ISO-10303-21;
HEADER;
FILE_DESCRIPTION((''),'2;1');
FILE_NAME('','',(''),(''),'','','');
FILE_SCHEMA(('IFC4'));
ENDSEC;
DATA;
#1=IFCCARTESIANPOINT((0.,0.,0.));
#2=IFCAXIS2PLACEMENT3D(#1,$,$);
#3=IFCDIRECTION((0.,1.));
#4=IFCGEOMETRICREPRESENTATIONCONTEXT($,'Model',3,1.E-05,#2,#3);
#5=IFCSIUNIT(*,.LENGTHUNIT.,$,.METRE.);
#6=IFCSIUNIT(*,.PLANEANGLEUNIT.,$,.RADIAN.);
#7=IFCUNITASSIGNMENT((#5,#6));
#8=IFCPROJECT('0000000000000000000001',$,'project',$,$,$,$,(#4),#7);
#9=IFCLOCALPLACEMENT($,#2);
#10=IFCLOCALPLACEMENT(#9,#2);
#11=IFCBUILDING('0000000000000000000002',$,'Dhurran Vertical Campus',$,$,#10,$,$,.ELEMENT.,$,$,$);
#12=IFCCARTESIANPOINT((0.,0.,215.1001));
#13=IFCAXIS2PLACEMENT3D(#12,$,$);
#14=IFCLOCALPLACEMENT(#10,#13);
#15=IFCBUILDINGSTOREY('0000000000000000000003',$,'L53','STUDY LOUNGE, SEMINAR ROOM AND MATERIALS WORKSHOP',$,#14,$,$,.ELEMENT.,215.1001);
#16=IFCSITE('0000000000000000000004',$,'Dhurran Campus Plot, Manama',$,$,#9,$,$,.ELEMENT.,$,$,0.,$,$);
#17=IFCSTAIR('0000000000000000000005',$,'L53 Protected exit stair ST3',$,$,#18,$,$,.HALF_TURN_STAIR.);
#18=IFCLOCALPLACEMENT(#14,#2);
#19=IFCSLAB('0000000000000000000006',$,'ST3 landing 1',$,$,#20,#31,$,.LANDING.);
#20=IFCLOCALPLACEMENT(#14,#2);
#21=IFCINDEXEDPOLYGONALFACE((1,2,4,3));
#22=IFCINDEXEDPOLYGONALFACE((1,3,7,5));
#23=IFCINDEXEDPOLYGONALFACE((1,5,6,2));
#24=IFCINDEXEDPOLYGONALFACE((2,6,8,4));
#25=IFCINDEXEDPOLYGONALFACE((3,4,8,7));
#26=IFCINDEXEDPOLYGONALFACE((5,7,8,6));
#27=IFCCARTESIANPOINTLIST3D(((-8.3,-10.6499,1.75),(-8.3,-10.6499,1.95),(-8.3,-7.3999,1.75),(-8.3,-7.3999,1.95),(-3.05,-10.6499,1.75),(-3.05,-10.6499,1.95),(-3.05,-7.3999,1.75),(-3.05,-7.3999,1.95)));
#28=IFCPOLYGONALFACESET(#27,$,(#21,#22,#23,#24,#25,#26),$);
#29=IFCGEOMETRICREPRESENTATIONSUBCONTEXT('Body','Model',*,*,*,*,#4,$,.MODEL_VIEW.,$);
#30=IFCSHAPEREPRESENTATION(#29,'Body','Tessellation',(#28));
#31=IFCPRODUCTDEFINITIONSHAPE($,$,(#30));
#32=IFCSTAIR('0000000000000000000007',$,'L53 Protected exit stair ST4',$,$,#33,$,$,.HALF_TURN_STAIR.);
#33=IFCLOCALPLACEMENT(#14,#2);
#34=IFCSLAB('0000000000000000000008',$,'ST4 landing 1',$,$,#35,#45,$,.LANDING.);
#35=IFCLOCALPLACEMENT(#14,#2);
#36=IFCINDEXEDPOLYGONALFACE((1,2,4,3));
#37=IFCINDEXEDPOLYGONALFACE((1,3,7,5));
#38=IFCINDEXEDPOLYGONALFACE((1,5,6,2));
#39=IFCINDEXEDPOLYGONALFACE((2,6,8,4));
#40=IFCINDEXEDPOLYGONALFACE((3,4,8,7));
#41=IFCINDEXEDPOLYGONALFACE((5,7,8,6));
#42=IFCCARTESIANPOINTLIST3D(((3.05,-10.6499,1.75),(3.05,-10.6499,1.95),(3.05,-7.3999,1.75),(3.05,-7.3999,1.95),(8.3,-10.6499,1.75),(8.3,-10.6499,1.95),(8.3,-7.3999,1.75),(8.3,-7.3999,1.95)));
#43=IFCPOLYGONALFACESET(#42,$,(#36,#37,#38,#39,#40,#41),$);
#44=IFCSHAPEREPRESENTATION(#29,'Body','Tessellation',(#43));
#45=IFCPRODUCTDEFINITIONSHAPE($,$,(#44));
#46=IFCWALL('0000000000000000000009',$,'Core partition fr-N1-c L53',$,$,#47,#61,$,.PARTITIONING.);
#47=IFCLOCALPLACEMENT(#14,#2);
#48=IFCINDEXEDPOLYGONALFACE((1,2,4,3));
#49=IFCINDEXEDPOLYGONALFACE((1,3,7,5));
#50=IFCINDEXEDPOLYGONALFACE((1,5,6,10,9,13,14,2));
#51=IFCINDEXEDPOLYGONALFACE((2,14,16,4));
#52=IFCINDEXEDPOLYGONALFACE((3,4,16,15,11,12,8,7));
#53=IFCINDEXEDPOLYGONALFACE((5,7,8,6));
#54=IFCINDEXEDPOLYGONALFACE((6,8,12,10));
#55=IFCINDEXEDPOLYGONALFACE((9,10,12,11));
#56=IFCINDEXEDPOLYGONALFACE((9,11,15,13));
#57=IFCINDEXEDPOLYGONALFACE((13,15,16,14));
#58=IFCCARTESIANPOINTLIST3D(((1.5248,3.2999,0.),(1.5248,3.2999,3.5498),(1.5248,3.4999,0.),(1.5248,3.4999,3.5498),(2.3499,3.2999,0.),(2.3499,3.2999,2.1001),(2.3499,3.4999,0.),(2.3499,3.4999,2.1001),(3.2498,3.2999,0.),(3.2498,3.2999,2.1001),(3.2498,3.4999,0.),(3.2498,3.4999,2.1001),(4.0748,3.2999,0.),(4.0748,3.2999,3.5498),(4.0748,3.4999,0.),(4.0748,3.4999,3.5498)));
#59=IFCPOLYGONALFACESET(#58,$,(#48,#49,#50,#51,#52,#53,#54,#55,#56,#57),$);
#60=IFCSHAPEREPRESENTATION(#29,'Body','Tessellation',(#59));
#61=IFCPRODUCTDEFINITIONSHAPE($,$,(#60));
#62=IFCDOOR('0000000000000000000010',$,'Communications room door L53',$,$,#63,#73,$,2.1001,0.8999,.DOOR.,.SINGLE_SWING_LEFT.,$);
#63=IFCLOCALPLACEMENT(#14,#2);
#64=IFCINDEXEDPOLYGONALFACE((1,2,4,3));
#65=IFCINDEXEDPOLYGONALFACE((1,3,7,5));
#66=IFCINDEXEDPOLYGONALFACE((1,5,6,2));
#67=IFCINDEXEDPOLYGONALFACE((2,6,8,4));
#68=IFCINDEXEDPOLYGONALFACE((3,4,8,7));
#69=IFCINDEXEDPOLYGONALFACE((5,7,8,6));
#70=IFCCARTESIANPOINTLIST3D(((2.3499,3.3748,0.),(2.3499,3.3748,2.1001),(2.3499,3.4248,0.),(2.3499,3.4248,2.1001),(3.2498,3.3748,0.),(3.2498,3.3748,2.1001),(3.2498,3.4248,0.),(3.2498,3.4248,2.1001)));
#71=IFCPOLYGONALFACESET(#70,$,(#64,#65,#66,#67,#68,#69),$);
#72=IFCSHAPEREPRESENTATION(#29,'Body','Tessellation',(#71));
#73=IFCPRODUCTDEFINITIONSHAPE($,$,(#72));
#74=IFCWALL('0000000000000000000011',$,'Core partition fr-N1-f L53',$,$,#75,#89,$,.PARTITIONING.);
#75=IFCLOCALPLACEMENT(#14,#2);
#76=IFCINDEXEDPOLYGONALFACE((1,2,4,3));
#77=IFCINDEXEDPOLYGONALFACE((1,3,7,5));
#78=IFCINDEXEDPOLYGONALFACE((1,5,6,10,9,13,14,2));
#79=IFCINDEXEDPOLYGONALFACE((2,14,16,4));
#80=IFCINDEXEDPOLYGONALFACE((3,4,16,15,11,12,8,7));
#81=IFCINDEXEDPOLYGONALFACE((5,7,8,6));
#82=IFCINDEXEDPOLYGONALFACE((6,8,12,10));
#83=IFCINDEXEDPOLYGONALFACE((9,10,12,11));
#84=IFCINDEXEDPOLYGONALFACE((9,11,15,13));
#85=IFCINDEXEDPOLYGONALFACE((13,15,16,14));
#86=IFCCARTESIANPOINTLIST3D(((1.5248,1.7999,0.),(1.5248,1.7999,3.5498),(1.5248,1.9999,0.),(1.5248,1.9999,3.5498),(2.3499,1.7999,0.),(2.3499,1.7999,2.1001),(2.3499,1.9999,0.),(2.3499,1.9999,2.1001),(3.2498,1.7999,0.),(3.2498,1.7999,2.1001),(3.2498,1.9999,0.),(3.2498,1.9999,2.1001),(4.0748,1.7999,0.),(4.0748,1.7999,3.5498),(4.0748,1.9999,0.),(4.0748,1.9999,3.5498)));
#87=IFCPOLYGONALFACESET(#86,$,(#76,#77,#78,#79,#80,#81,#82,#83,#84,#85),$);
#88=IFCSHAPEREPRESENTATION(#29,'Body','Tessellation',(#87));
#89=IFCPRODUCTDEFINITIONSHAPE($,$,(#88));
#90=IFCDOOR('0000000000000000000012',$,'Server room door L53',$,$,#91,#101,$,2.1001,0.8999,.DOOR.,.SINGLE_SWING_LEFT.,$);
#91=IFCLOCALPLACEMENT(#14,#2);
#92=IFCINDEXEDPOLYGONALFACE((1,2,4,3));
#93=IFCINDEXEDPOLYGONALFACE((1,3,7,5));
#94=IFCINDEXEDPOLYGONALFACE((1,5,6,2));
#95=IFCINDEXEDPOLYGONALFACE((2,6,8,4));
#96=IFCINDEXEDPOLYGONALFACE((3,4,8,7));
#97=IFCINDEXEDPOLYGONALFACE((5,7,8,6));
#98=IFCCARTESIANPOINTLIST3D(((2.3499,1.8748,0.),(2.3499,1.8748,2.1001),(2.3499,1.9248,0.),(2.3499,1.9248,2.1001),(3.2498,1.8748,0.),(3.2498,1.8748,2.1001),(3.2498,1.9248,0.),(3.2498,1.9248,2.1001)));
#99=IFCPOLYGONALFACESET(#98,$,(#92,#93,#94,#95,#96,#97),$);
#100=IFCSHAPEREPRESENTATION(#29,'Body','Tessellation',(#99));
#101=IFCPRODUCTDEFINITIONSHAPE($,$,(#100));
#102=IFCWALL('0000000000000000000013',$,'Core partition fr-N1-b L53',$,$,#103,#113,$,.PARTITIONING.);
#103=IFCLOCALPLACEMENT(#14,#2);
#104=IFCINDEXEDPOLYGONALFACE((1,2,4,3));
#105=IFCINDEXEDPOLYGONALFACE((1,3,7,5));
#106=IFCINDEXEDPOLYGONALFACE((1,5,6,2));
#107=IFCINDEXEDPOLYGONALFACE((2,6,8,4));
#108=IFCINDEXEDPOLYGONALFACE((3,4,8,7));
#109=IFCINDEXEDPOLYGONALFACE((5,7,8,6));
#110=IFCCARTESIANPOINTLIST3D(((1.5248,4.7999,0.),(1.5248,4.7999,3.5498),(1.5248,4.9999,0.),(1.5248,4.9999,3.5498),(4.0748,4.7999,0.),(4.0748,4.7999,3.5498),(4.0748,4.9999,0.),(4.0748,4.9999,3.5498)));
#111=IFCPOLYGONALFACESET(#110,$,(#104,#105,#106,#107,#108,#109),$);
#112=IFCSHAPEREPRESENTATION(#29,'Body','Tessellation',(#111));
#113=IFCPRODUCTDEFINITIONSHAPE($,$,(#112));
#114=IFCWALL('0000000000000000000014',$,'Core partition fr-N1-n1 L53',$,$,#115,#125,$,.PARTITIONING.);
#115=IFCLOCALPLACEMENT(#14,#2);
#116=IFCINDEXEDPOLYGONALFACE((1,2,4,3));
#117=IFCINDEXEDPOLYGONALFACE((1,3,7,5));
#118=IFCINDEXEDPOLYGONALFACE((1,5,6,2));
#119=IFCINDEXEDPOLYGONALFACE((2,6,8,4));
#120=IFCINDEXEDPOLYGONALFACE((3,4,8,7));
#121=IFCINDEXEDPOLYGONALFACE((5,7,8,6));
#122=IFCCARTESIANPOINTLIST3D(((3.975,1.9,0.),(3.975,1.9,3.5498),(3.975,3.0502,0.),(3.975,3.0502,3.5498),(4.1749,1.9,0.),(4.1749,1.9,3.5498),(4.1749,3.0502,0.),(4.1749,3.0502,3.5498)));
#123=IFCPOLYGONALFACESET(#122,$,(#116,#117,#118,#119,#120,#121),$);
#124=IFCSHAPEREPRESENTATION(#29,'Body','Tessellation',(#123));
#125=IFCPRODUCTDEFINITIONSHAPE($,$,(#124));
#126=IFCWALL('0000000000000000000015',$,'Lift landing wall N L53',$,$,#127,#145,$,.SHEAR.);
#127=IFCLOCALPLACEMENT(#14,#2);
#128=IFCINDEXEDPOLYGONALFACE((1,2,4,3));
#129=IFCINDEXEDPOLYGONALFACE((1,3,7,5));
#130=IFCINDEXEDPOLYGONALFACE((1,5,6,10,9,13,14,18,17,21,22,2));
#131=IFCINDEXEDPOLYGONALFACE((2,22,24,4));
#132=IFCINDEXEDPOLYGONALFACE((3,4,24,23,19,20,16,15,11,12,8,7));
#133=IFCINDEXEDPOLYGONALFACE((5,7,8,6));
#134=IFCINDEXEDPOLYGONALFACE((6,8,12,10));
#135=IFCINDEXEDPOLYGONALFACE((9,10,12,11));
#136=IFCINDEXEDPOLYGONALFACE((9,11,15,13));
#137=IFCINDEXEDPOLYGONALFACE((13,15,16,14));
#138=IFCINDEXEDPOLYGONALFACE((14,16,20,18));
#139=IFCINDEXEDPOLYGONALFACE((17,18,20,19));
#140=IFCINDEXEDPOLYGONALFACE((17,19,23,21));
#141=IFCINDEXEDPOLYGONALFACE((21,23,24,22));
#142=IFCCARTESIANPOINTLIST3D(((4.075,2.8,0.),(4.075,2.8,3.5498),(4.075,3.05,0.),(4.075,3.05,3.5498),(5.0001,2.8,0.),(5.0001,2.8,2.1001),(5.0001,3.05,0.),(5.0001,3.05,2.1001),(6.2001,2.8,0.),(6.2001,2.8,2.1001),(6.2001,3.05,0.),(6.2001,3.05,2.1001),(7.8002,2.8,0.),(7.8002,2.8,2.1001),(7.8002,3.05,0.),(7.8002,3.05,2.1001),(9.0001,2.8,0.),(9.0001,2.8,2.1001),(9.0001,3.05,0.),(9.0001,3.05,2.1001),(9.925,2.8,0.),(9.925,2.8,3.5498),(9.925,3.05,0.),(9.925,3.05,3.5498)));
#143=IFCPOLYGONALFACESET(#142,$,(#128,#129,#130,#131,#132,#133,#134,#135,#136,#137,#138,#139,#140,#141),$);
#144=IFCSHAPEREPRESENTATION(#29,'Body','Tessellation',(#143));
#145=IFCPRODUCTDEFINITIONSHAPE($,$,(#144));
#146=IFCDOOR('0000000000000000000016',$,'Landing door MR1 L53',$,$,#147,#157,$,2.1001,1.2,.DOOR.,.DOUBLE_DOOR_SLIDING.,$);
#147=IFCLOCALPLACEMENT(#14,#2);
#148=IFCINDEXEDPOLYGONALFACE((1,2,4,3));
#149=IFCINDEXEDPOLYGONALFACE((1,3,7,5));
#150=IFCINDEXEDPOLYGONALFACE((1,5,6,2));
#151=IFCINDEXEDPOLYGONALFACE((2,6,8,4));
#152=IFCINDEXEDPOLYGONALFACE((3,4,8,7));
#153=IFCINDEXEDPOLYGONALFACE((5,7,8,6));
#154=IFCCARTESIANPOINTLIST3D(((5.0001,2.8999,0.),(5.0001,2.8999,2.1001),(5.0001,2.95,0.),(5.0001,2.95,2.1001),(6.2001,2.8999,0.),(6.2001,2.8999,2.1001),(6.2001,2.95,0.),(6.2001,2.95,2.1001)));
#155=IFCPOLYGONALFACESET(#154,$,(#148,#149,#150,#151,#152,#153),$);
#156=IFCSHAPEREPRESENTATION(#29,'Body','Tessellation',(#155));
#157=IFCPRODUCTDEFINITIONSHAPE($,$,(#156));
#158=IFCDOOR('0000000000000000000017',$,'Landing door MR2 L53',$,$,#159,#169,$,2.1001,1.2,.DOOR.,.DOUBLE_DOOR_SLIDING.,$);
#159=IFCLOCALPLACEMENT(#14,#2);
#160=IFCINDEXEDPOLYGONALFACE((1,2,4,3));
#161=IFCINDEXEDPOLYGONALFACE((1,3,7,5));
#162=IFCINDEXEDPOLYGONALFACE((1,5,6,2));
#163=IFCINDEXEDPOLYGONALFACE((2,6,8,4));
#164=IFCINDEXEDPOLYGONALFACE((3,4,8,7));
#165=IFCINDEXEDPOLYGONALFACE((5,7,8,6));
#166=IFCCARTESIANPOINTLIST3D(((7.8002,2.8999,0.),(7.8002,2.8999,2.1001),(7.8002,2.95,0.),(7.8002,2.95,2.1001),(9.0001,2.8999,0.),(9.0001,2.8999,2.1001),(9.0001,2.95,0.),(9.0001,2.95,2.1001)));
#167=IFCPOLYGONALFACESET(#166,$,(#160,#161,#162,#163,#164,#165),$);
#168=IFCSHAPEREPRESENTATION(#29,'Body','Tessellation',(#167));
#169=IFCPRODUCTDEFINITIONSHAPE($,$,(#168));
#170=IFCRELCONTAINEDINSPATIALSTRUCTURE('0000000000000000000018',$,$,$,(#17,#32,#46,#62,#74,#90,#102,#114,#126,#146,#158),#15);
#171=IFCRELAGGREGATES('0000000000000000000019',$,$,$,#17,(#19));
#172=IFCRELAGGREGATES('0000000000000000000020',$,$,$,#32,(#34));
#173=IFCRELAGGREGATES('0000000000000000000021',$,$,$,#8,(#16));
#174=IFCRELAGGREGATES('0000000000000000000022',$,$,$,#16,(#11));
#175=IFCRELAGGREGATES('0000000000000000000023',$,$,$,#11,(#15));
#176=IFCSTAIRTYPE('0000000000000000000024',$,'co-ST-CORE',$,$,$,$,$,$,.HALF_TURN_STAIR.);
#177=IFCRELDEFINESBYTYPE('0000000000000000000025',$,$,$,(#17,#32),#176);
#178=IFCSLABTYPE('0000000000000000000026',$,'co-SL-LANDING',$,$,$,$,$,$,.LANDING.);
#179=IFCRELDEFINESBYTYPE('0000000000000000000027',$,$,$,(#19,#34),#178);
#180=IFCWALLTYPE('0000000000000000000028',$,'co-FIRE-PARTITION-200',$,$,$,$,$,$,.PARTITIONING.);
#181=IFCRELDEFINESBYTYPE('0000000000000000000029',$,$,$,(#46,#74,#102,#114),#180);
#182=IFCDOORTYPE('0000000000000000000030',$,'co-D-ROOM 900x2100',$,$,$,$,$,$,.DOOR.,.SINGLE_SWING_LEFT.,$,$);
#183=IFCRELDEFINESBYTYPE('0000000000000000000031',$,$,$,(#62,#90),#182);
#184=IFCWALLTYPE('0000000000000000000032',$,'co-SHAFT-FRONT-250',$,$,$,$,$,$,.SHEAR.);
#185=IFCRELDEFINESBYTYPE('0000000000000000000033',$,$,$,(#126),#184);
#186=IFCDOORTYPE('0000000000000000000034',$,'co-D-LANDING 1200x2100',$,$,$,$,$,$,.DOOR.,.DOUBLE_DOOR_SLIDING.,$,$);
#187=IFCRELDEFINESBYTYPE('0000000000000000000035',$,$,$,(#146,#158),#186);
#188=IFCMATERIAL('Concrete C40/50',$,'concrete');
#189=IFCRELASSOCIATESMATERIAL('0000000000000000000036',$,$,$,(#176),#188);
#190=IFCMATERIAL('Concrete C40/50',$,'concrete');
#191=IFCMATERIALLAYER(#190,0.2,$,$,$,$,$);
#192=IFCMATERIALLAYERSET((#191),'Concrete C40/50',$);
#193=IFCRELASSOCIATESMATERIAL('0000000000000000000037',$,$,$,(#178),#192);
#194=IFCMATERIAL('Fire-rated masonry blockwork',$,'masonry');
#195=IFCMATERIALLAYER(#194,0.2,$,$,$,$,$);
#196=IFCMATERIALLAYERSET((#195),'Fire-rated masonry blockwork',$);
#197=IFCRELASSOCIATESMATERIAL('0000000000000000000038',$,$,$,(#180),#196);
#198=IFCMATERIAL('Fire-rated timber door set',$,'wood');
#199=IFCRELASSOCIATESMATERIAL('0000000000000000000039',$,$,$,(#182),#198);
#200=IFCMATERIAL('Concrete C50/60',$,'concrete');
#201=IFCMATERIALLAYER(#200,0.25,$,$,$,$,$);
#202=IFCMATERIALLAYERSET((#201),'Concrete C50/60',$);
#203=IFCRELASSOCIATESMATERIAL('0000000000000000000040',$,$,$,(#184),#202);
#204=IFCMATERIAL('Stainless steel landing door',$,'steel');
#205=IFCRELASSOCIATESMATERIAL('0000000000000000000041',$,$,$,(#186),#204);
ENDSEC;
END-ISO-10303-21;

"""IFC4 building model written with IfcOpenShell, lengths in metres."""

from ifc_helpers import new_model, si_unit, direction, frame, frame_2d, origin, place, context, subcontext, project, spatial, polyline, rectangle, outline, extrude, material, layer, layer_set, type_object, element, fill, aggregate, save


model = new_model("IFC4")

# Units and contexts
model_context = context("Model", 3, precision=1e-05, world=origin(), true_north=direction((0.0, 1.0)))
body_context = subcontext(model_context, "Body", "Model", "MODEL_VIEW")
ifc_project = project(units=[si_unit("LENGTHUNIT", "METRE"), si_unit("PLANEANGLEUNIT", "RADIAN")], contexts=[model_context])

# Site, building, storey
site_placement = place(None, origin())
site = spatial("IfcSite", under=ifc_project, at=site_placement, Name="Dhurran Campus Plot, Manama", CompositionType="ELEMENT", RefElevation=0.0)
building_placement = place(site_placement, origin())
building = spatial("IfcBuilding", under=site, at=building_placement, Name="Dhurran Vertical Campus", CompositionType="ELEMENT")
storey_placement = place(building_placement, frame((0.0, 0.0, 215.1001)))
storey = spatial("IfcBuildingStorey", under=building, at=storey_placement, Name="L53", Description="STUDY LOUNGE, SEMINAR ROOM AND MATERIALS WORKSHOP", CompositionType="ELEMENT", Elevation=215.1001)

# Stairs, slabs
ifc_material_1 = material(Name="Concrete C40/50", Category="concrete")
stair_type = type_object("IfcStairType", Name="co-ST-CORE", PredefinedType="HALF_TURN_STAIR", material=ifc_material_1)
stair_1_placement = place(storey_placement, origin())
stair_1 = element("IfcStair", 1, at=stair_1_placement, inside=storey, type_object=stair_type, Name="L53 Protected exit stair ST3", PredefinedType="HALF_TURN_STAIR")
ifc_material_2 = material(Name="Concrete C40/50", Category="concrete")
ifc_layer_1 = layer(ifc_material_2, 0.2)
ifc_layer_set_1 = layer_set([ifc_layer_1], Name="Concrete C40/50")
slab_type = type_object("IfcSlabType", Name="co-SL-LANDING", PredefinedType="LANDING", material=ifc_layer_set_1)
slab_1_placement = place(storey_placement, frame((0.0, 0.0, 1.75)))
slab_1 = element("IfcSlab", 2, at=slab_1_placement, type_object=slab_type, Name="ST3 landing 1", PredefinedType="LANDING", context=body_context, shape_type="SweptSolid", body=[
    extrude(outline(polyline([(-8.3, -10.6499), (-3.05, -10.6499), (-3.05, -7.3999), (-8.3, -7.3999), (-8.3, -10.6499)])), origin(), (0.0, 0.0, 1.0), 0.2),
])
aggregate(stair_1, [slab_1])
stair_2_placement = place(storey_placement, origin())
stair_2 = element("IfcStair", 3, at=stair_2_placement, inside=storey, type_object=stair_type, Name="L53 Protected exit stair ST4", PredefinedType="HALF_TURN_STAIR")
slab_2_placement = place(storey_placement, frame((0.0, 0.0, 1.75)))
slab_2 = element("IfcSlab", 4, at=slab_2_placement, type_object=slab_type, Name="ST4 landing 1", PredefinedType="LANDING", context=body_context, shape_type="SweptSolid", body=[
    extrude(outline(polyline([(8.3, -7.3999), (3.05, -7.3999), (3.05, -10.6499), (8.3, -10.6499), (8.3, -7.3999)])), origin(), (0.0, 0.0, 1.0), 0.2),
])
aggregate(stair_2, [slab_2])

# Walls, openings, doors
ifc_material_3 = material(Name="Fire-rated masonry blockwork", Category="masonry")
ifc_layer_2 = layer(ifc_material_3, 0.2)
ifc_layer_set_2 = layer_set([ifc_layer_2], Name="Fire-rated masonry blockwork")
wall_type_1 = type_object("IfcWallType", Name="co-FIRE-PARTITION-200", PredefinedType="PARTITIONING", material=ifc_layer_set_2)
wall_1_placement = place(storey_placement, frame((1.5249, 3.3999, 0.0), z_axis=(0.0, 0.0, 1.0), x_axis=(1.0, 0.0, 0.0)))
wall_1 = element("IfcWall", 5, at=wall_1_placement, inside=storey, type_object=wall_type_1, Name="Core partition fr-N1-c L53", PredefinedType="PARTITIONING", context=body_context, shape_type="SweptSolid", body=[
    extrude(rectangle(XDim=2.55, YDim=0.2, at=frame_2d((1.2749, 0.0))), origin(), (0.0, 0.0, 1.0), 3.5498),
])
opening_1_placement = place(wall_1_placement, frame((0.825, 0.0, 0.0)))
opening_1 = element("IfcOpeningElement", 6, at=opening_1_placement, cuts=wall_1, PredefinedType="OPENING", context=body_context, shape_type="SweptSolid", body=[
    extrude(rectangle(XDim=0.8999, YDim=2.1001, at=frame_2d((0.45, 1.05))), frame((0.0, 0.1099, 0.0), z_axis=(0.0, -1.0, 0.0), x_axis=(1.0, 0.0, 0.0)), (0.0, 0.0, 1.0), 0.22),
])
ifc_material_4 = material(Name="Fire-rated timber door set", Category="wood")
door_type_1 = type_object("IfcDoorType", Name="co-D-ROOM 900x2100", OperationType="SINGLE_SWING_LEFT", PredefinedType="DOOR", material=ifc_material_4)
door_1_placement = place(opening_1_placement, origin())
door_1 = element("IfcDoor", 7, at=door_1_placement, inside=storey, type_object=door_type_1, Name="Communications room door L53", OperationType="SINGLE_SWING_LEFT", OverallHeight=2.1001, OverallWidth=0.8999, PredefinedType="DOOR", context=body_context, shape_type="SweptSolid", body=[
    extrude(rectangle(XDim=0.8999, YDim=2.1001, at=frame_2d((0.45, 1.05))), frame((0.0, 0.0249, 0.0), z_axis=(0.0, -1.0, 0.0), x_axis=(1.0, 0.0, 0.0)), (0.0, 0.0, 1.0), 0.05),
])
fill(opening_1, door_1)
wall_2_placement = place(storey_placement, frame((1.5249, 1.8999, 0.0), z_axis=(0.0, 0.0, 1.0), x_axis=(1.0, 0.0, 0.0)))
wall_2 = element("IfcWall", 8, at=wall_2_placement, inside=storey, type_object=wall_type_1, Name="Core partition fr-N1-f L53", PredefinedType="PARTITIONING", context=body_context, shape_type="SweptSolid", body=[
    extrude(rectangle(XDim=2.55, YDim=0.2, at=frame_2d((1.2749, 0.0))), origin(), (0.0, 0.0, 1.0), 3.5498),
])
opening_2_placement = place(wall_2_placement, frame((0.825, 0.0, 0.0)))
opening_2 = element("IfcOpeningElement", 9, at=opening_2_placement, cuts=wall_2, PredefinedType="OPENING", context=body_context, shape_type="SweptSolid", body=[
    extrude(rectangle(XDim=0.8999, YDim=2.1001, at=frame_2d((0.45, 1.05))), frame((0.0, 0.1099, 0.0), z_axis=(0.0, -1.0, 0.0), x_axis=(1.0, 0.0, 0.0)), (0.0, 0.0, 1.0), 0.22),
])
door_2_placement = place(opening_2_placement, origin())
door_2 = element("IfcDoor", 10, at=door_2_placement, inside=storey, type_object=door_type_1, Name="Server room door L53", OperationType="SINGLE_SWING_LEFT", OverallHeight=2.1001, OverallWidth=0.8999, PredefinedType="DOOR", context=body_context, shape_type="SweptSolid", body=[
    extrude(rectangle(XDim=0.8999, YDim=2.1001, at=frame_2d((0.45, 1.05))), frame((0.0, 0.0249, 0.0), z_axis=(0.0, -1.0, 0.0), x_axis=(1.0, 0.0, 0.0)), (0.0, 0.0, 1.0), 0.05),
])
fill(opening_2, door_2)

# Walls
wall_3_placement = place(storey_placement, frame((1.5249, 4.8999, 0.0), z_axis=(0.0, 0.0, 1.0), x_axis=(1.0, 0.0, 0.0)))
element("IfcWall", 11, at=wall_3_placement, inside=storey, type_object=wall_type_1, Name="Core partition fr-N1-b L53", PredefinedType="PARTITIONING", context=body_context, shape_type="SweptSolid", body=[
    extrude(rectangle(XDim=2.55, YDim=0.2, at=frame_2d((1.2749, 0.0))), origin(), (0.0, 0.0, 1.0), 3.5498),
])
wall_4_placement = place(storey_placement, frame((4.075, 1.8999, 0.0), z_axis=(0.0, 0.0, 1.0), x_axis=(0.0, 1.0, 0.0)))
element("IfcWall", 12, at=wall_4_placement, inside=storey, type_object=wall_type_1, Name="Core partition fr-N1-n1 L53", PredefinedType="PARTITIONING", context=body_context, shape_type="SweptSolid", body=[
    extrude(rectangle(XDim=1.1501, YDim=0.2, at=frame_2d((0.5752, 0.0))), origin(), (0.0, 0.0, 1.0), 3.5498),
])

# Wall, openings, doors
ifc_material_5 = material(Name="Concrete C50/60", Category="concrete")
ifc_layer_3 = layer(ifc_material_5, 0.25)
ifc_layer_set_3 = layer_set([ifc_layer_3], Name="Concrete C50/60")
wall_type_2 = type_object("IfcWallType", Name="co-SHAFT-FRONT-250", PredefinedType="SHEAR", material=ifc_layer_set_3)
wall_5_placement = place(storey_placement, frame((4.075, 2.925, 0.0), z_axis=(0.0, 0.0, 1.0), x_axis=(1.0, 0.0, 0.0)))
wall_5 = element("IfcWall", 13, at=wall_5_placement, inside=storey, type_object=wall_type_2, Name="Lift landing wall N L53", PredefinedType="SHEAR", context=body_context, shape_type="SweptSolid", body=[
    extrude(rectangle(XDim=5.8501, YDim=0.25, at=frame_2d((2.925, 0.0))), origin(), (0.0, 0.0, 1.0), 3.5498),
])
opening_3_placement = place(wall_5_placement, frame((0.925, 0.0, 0.0)))
opening_3 = element("IfcOpeningElement", 14, at=opening_3_placement, cuts=wall_5, PredefinedType="OPENING", context=body_context, shape_type="SweptSolid", body=[
    extrude(rectangle(XDim=1.2, YDim=2.1001, at=frame_2d((0.6001, 1.05))), frame((0.0, 0.135, 0.0), z_axis=(0.0, -1.0, 0.0), x_axis=(1.0, 0.0, 0.0)), (0.0, 0.0, 1.0), 0.27),
])
opening_4_placement = place(wall_5_placement, frame((3.7251, 0.0, 0.0)))
opening_4 = element("IfcOpeningElement", 15, at=opening_4_placement, cuts=wall_5, PredefinedType="OPENING", context=body_context, shape_type="SweptSolid", body=[
    extrude(rectangle(XDim=1.2, YDim=2.1001, at=frame_2d((0.6001, 1.05))), frame((0.0, 0.135, 0.0), z_axis=(0.0, -1.0, 0.0), x_axis=(1.0, 0.0, 0.0)), (0.0, 0.0, 1.0), 0.27),
])
ifc_material_6 = material(Name="Stainless steel landing door", Category="steel")
door_type_2 = type_object("IfcDoorType", Name="co-D-LANDING 1200x2100", OperationType="DOUBLE_DOOR_SLIDING", PredefinedType="DOOR", material=ifc_material_6)
door_3_placement = place(opening_3_placement, origin())
door_3 = element("IfcDoor", 16, at=door_3_placement, inside=storey, type_object=door_type_2, Name="Landing door MR1 L53", OperationType="DOUBLE_DOOR_SLIDING", OverallHeight=2.1001, OverallWidth=1.2, PredefinedType="DOOR", context=body_context, shape_type="SweptSolid", body=[
    extrude(rectangle(XDim=1.2, YDim=2.1001, at=frame_2d((0.6001, 1.05))), frame((0.0, 0.0249, 0.0), z_axis=(0.0, -1.0, 0.0), x_axis=(1.0, 0.0, 0.0)), (0.0, 0.0, 1.0), 0.05),
])
fill(opening_3, door_3)
door_4_placement = place(opening_4_placement, origin())
door_4 = element("IfcDoor", 17, at=door_4_placement, inside=storey, type_object=door_type_2, Name="Landing door MR2 L53", OperationType="DOUBLE_DOOR_SLIDING", OverallHeight=2.1001, OverallWidth=1.2, PredefinedType="DOOR", context=body_context, shape_type="SweptSolid", body=[
    extrude(rectangle(XDim=1.2, YDim=2.1001, at=frame_2d((0.6001, 1.05))), frame((0.0, 0.0249, 0.0), z_axis=(0.0, -1.0, 0.0), x_axis=(1.0, 0.0, 0.0)), (0.0, 0.0, 1.0), 0.05),
])
fill(opening_4, door_4)

save(model, "model.ifc")
